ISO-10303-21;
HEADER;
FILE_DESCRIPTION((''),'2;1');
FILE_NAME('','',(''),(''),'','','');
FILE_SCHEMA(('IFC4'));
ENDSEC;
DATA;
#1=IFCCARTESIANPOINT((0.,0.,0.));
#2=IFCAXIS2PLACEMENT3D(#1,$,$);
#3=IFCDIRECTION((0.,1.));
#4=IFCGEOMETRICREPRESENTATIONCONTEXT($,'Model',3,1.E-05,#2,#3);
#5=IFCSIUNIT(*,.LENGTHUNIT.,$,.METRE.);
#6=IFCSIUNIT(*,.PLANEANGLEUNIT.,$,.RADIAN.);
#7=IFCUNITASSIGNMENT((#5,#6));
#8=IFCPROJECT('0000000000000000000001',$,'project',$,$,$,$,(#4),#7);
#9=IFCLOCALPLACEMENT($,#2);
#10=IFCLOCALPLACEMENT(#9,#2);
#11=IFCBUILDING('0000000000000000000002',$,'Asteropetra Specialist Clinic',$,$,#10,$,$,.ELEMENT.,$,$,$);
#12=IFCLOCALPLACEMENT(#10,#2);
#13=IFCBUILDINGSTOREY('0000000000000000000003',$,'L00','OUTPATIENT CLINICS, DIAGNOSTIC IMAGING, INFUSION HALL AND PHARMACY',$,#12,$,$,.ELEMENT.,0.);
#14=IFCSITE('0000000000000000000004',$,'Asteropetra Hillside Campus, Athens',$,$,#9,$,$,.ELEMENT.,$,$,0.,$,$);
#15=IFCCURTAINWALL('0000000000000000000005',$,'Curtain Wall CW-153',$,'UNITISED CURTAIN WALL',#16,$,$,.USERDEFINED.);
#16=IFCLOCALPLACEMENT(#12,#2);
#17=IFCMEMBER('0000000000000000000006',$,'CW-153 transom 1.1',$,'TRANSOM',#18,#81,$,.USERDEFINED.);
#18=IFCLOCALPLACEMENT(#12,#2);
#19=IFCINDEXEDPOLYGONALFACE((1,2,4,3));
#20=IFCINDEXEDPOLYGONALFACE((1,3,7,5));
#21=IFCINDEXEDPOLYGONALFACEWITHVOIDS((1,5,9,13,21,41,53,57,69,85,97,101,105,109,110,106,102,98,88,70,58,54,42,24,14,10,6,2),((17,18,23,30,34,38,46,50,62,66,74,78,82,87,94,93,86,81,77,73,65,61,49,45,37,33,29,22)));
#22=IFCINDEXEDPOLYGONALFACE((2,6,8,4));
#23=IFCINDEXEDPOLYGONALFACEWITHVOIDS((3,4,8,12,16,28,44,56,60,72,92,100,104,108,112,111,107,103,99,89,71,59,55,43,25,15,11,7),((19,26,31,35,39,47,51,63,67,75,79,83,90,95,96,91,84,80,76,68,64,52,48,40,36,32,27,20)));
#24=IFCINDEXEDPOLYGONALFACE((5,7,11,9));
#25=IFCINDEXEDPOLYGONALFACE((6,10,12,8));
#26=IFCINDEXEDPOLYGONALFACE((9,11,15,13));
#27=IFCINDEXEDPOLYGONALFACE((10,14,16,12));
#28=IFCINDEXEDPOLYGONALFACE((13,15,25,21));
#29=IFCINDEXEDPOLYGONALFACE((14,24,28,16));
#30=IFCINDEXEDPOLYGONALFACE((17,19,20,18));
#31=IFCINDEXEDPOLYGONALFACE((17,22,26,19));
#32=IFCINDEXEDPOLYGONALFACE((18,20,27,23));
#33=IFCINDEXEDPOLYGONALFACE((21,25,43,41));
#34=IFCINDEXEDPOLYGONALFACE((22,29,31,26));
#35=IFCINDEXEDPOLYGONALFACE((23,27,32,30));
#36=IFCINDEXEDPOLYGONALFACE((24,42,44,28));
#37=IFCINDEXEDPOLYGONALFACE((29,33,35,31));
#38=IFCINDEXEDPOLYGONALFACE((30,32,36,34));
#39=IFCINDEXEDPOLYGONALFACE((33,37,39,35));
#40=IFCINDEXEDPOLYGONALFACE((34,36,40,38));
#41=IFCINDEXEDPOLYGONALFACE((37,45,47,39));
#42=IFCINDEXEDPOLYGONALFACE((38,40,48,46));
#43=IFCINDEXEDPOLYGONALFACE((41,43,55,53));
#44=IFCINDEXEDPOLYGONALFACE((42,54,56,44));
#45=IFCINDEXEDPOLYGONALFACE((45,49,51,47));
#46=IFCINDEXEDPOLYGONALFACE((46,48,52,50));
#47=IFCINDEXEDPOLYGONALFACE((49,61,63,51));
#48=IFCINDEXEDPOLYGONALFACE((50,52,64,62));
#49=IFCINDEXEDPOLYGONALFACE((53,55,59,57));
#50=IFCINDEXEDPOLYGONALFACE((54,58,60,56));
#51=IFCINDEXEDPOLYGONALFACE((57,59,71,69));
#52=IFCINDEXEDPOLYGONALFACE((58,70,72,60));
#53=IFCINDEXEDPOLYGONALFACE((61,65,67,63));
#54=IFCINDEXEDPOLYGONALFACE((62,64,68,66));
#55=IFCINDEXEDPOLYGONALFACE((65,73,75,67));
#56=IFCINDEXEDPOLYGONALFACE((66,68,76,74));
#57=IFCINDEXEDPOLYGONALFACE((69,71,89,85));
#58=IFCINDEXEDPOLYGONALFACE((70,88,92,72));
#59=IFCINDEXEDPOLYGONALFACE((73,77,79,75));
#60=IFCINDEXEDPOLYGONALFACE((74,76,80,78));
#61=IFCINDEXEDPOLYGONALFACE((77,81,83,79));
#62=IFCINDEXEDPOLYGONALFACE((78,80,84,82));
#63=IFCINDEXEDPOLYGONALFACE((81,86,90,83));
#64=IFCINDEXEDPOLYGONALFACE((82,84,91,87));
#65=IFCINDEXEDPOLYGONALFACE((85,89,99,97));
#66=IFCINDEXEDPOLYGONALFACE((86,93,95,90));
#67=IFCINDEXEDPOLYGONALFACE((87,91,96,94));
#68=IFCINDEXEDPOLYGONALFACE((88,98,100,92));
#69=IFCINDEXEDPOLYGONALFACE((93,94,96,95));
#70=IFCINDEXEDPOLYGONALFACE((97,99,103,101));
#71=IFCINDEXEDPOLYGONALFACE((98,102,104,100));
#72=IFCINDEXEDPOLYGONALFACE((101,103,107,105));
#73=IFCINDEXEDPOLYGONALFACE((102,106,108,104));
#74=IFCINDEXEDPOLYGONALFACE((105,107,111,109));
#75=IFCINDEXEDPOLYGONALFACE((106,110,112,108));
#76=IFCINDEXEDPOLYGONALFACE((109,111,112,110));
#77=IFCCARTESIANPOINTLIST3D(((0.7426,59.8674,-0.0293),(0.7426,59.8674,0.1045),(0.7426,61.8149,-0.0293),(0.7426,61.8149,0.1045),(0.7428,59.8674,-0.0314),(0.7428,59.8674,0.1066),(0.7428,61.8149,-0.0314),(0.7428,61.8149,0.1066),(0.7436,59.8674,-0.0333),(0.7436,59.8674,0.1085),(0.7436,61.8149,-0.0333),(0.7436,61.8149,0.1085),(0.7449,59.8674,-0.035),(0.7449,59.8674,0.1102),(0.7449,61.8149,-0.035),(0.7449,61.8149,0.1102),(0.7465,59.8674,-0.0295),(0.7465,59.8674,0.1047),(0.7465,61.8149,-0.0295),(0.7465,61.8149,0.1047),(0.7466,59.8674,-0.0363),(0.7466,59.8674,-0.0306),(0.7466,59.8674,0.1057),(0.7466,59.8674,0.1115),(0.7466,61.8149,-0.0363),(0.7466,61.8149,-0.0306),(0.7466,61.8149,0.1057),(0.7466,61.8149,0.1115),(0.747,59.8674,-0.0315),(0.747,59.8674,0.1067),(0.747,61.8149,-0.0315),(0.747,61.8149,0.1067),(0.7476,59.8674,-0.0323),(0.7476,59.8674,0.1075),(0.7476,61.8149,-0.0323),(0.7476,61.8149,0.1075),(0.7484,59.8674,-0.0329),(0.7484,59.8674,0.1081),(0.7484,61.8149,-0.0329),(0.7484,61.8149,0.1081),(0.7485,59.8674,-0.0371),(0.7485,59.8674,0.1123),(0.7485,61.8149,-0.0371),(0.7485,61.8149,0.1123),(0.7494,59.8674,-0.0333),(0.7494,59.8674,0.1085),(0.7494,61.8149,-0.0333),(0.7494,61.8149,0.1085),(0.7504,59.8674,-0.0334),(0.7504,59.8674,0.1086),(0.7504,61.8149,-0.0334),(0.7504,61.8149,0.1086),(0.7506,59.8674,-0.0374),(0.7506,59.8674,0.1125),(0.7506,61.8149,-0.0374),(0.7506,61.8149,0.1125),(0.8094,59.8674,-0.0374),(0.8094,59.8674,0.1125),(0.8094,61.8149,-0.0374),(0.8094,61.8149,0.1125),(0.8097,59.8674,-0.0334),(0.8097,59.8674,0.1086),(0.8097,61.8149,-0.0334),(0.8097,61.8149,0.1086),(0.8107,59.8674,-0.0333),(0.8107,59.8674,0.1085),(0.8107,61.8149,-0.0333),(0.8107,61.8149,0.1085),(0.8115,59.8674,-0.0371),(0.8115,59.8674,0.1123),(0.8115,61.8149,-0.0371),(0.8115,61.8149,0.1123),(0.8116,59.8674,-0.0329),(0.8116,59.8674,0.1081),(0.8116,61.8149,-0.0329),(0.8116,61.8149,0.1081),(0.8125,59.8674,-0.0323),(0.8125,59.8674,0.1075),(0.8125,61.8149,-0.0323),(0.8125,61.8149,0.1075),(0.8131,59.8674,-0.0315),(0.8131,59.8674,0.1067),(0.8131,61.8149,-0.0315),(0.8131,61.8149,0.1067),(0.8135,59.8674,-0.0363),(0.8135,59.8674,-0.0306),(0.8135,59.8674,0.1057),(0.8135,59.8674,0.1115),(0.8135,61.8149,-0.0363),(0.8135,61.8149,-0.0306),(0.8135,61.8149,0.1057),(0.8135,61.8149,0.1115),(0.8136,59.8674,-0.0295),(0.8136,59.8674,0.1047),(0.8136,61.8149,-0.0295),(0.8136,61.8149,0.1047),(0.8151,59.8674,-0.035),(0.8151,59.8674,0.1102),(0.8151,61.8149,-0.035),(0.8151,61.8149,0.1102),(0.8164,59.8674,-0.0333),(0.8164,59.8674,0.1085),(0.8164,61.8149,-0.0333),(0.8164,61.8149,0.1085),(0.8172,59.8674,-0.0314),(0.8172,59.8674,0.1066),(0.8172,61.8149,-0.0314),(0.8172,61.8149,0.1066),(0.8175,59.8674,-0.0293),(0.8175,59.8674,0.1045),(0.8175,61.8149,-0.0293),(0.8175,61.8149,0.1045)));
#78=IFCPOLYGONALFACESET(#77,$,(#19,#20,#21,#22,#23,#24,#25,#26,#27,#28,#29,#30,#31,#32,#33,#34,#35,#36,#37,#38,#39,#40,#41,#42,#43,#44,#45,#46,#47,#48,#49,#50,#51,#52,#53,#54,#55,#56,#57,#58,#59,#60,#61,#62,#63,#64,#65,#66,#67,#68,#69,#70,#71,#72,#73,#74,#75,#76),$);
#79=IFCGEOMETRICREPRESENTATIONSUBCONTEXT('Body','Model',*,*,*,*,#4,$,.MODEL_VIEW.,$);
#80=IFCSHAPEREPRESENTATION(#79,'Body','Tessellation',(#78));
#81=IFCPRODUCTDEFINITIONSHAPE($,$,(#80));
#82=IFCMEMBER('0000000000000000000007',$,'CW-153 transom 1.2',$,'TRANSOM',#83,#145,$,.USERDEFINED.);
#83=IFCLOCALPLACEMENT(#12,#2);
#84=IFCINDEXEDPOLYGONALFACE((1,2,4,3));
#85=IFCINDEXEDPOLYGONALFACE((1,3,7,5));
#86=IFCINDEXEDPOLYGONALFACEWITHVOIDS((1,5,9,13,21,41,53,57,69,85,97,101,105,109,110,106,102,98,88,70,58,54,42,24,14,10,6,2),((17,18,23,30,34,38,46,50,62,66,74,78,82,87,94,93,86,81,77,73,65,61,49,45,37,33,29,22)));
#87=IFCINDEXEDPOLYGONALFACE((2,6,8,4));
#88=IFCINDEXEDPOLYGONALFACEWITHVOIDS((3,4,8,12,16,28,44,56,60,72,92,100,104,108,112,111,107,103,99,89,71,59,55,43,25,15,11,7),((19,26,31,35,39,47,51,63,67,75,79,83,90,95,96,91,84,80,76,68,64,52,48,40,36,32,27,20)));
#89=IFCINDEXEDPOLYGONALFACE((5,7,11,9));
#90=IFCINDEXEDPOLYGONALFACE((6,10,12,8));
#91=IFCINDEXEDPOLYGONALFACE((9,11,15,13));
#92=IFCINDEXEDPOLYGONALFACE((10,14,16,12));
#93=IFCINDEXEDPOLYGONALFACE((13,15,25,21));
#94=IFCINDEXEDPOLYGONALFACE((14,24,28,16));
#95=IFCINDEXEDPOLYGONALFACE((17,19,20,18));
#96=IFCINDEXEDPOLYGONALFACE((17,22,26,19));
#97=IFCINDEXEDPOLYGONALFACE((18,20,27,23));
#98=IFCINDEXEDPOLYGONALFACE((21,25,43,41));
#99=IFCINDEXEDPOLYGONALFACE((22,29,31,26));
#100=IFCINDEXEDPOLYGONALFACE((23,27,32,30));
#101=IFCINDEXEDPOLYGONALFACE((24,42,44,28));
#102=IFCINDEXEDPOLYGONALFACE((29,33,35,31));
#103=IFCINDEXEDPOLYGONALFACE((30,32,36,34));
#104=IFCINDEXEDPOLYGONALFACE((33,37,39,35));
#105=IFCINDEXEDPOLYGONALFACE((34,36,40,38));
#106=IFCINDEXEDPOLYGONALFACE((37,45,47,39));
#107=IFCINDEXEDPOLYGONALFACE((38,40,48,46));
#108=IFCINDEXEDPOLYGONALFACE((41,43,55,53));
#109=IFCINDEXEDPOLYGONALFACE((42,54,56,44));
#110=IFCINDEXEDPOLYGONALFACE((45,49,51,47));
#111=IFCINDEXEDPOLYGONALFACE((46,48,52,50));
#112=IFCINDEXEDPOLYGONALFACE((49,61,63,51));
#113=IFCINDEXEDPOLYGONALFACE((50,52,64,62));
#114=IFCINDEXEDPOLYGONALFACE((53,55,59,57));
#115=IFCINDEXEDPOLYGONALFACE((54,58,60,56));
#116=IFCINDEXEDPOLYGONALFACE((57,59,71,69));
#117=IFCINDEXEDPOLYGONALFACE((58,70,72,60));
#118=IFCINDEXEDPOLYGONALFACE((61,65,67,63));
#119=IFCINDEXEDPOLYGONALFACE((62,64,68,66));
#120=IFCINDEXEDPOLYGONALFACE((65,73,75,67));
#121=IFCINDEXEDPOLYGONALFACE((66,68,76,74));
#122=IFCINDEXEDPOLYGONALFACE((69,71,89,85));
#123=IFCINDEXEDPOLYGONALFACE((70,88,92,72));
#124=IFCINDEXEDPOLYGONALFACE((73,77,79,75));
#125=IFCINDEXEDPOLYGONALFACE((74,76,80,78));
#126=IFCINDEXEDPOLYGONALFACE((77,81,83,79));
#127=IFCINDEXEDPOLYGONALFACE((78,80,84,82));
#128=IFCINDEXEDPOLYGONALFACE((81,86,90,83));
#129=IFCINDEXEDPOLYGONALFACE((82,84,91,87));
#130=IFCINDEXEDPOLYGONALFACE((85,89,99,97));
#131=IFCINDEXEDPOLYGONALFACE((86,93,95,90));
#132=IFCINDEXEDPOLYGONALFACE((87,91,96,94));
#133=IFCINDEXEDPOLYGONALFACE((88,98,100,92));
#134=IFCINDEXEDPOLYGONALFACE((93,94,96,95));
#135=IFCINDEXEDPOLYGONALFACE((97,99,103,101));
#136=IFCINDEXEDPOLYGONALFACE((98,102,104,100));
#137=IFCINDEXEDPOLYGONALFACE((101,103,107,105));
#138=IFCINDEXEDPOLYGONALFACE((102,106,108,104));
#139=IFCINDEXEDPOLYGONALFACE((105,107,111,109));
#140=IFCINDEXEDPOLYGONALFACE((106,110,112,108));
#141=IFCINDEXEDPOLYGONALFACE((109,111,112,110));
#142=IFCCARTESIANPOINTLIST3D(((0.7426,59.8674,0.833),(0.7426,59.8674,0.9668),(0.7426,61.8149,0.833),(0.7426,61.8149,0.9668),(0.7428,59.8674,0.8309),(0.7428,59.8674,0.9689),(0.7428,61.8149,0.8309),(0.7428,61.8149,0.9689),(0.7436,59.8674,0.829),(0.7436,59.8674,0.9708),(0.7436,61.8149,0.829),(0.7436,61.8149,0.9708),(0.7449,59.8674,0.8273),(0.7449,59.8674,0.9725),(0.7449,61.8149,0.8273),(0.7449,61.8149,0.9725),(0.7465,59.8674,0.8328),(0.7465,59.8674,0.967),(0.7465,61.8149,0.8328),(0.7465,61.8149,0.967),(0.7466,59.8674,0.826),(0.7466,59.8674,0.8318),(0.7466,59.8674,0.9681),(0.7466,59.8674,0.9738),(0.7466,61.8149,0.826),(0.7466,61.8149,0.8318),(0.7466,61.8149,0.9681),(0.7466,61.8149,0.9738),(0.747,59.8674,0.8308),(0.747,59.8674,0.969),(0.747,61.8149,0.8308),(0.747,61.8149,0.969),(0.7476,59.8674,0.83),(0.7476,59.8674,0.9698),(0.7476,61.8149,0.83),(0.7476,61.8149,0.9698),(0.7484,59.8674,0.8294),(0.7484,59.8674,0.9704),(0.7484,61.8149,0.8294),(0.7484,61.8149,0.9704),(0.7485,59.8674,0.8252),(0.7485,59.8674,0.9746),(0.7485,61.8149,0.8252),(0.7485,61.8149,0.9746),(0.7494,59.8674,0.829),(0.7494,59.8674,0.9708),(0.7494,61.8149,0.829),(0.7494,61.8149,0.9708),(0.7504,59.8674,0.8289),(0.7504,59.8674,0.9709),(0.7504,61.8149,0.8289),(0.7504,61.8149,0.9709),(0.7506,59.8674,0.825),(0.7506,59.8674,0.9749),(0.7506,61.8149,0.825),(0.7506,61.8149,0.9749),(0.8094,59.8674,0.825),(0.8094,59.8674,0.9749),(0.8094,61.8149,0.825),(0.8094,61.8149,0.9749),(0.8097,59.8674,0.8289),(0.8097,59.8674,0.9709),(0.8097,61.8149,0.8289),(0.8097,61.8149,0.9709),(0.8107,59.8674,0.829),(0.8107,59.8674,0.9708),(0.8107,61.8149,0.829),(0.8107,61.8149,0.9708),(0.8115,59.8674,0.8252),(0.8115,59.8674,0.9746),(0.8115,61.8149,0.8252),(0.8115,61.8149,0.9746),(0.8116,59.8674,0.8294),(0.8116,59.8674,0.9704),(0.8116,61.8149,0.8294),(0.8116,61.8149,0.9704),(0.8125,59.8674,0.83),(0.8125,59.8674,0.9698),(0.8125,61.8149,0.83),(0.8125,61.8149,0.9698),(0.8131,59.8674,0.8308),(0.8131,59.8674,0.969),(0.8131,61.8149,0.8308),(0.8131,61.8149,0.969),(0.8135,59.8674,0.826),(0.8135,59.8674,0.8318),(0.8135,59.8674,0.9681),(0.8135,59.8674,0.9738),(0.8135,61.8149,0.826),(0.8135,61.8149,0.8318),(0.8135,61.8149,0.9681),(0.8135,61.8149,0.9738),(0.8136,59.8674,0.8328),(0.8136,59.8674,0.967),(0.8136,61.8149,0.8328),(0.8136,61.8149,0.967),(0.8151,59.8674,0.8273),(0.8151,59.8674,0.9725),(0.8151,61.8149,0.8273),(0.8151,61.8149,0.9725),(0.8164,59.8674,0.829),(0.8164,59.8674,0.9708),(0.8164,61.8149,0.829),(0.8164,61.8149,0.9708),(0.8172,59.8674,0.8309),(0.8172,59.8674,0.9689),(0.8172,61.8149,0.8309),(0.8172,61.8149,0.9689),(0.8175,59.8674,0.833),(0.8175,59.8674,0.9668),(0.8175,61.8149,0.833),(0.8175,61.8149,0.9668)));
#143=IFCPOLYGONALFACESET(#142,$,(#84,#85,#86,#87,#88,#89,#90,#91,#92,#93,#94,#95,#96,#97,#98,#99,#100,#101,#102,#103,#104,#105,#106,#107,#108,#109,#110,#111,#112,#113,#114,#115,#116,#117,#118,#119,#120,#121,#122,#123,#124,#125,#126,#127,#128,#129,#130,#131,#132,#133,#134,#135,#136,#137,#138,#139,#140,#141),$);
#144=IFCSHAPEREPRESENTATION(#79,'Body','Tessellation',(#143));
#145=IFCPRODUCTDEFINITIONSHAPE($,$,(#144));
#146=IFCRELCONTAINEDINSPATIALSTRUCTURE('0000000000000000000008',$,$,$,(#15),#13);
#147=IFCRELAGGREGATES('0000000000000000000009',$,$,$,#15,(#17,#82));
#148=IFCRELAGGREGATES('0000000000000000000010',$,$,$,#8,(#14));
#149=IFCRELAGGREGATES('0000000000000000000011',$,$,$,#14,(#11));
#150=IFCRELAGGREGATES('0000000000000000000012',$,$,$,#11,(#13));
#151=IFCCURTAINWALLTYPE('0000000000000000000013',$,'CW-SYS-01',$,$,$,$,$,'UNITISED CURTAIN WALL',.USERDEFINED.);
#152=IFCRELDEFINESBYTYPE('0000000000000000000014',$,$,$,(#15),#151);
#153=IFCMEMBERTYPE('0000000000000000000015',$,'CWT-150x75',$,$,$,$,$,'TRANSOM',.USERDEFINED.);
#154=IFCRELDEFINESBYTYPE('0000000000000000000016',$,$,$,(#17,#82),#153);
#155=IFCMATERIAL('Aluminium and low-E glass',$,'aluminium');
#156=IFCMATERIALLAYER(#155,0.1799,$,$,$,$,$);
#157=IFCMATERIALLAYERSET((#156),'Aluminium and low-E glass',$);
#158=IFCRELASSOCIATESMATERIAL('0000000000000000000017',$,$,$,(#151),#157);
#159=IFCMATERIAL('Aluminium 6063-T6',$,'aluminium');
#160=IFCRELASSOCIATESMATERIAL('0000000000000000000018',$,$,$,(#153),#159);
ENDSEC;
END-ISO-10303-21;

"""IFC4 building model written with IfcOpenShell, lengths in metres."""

from ifc_helpers import new_model, si_unit, direction, frame, origin, origin_2d, place, context, subcontext, project, spatial, hollow_rectangle, extrude, material, layer, layer_set, material_profile, profile_set, type_object, element, aggregate, save


model = new_model("IFC4")

# Units and contexts
model_context = context("Model", 3, precision=1e-05, world=origin(), true_north=direction((0.0, 1.0)))
body_context = subcontext(model_context, "Body", "Model", "MODEL_VIEW")
ifc_project = project(units=[si_unit("LENGTHUNIT", "METRE"), si_unit("PLANEANGLEUNIT", "RADIAN")], contexts=[model_context])

# Site, building, storey
site_placement = place(None, origin())
site = spatial("IfcSite", under=ifc_project, at=site_placement, Name="Asteropetra Hillside Campus, Athens", CompositionType="ELEMENT", RefElevation=0.0)
building_placement = place(site_placement, origin())
building = spatial("IfcBuilding", under=site, at=building_placement, Name="Asteropetra Specialist Clinic", CompositionType="ELEMENT")
storey_placement = place(building_placement, origin())
storey = spatial("IfcBuildingStorey", under=building, at=storey_placement, Name="L00", Description="OUTPATIENT CLINICS, DIAGNOSTIC IMAGING, INFUSION HALL AND PHARMACY", CompositionType="ELEMENT", Elevation=0.0)

# Curtain wall, members
ifc_material_1 = material(Name="Aluminium and low-E glass", Category="aluminium")
ifc_layer_1 = layer(ifc_material_1, 0.1799)
ifc_layer_set_1 = layer_set([ifc_layer_1], Name="Aluminium and low-E glass")
curtain_wall_type_1 = type_object("IfcCurtainWallType", Name="CW-SYS-01", ElementType="UNITISED CURTAIN WALL", PredefinedType="USERDEFINED", material=ifc_layer_set_1)
curtain_wall_1_placement = place(storey_placement, origin())
curtain_wall_1 = element("IfcCurtainWall", 1, at=curtain_wall_1_placement, inside=storey, type_object=curtain_wall_type_1, Name="Curtain Wall CW-153", ObjectType="UNITISED CURTAIN WALL", PredefinedType="USERDEFINED")
ifc_material_2 = material(Name="Aluminium 6063-T6", Category="aluminium")
ifc_material_profile_1 = material_profile(ifc_material_2, hollow_rectangle(XDim=0.075, YDim=0.1499, WallThickness=0.0039, InnerFilletRadius=0.0039, OuterFilletRadius=0.0081, at=origin_2d()), Name="TRN 150x75x4.0")
ifc_profile_set_1 = profile_set([ifc_material_profile_1], Name="Aluminium 6063-T6")
member_type_1 = type_object("IfcMemberType", Name="CWT-150x75", ElementType="TRANSOM", PredefinedType="USERDEFINED", material=ifc_profile_set_1)
member_1_placement = place(storey_placement, frame((0.78, 61.8149, 0.0376), z_axis=(0.0, -1.0, 0.0), x_axis=(1.0, 0.0, 0.0)))
member_1 = element("IfcMember", 2, at=member_1_placement, type_object=member_type_1, Name="CW-153 transom 1.1", ObjectType="TRANSOM", PredefinedType="USERDEFINED", context=body_context, shape_type="SweptSolid", body=[
    extrude(hollow_rectangle(XDim=0.075, YDim=0.1499, WallThickness=0.0039, InnerFilletRadius=0.0039, OuterFilletRadius=0.0081, at=origin_2d()), origin(), (0.0, 0.0, 1.0), 1.9475),
])
member_2_placement = place(storey_placement, frame((0.78, 61.8149, 0.8999), z_axis=(0.0, -1.0, 0.0), x_axis=(1.0, 0.0, 0.0)))
member_2 = element("IfcMember", 3, at=member_2_placement, type_object=member_type_1, Name="CW-153 transom 1.2", ObjectType="TRANSOM", PredefinedType="USERDEFINED", context=body_context, shape_type="SweptSolid", body=[
    extrude(hollow_rectangle(XDim=0.075, YDim=0.1499, WallThickness=0.0039, InnerFilletRadius=0.0039, OuterFilletRadius=0.0081, at=origin_2d()), origin(), (0.0, 0.0, 1.0), 1.9475),
])

aggregate(curtain_wall_1, [member_1, member_2])

save(model, "model.ifc")
